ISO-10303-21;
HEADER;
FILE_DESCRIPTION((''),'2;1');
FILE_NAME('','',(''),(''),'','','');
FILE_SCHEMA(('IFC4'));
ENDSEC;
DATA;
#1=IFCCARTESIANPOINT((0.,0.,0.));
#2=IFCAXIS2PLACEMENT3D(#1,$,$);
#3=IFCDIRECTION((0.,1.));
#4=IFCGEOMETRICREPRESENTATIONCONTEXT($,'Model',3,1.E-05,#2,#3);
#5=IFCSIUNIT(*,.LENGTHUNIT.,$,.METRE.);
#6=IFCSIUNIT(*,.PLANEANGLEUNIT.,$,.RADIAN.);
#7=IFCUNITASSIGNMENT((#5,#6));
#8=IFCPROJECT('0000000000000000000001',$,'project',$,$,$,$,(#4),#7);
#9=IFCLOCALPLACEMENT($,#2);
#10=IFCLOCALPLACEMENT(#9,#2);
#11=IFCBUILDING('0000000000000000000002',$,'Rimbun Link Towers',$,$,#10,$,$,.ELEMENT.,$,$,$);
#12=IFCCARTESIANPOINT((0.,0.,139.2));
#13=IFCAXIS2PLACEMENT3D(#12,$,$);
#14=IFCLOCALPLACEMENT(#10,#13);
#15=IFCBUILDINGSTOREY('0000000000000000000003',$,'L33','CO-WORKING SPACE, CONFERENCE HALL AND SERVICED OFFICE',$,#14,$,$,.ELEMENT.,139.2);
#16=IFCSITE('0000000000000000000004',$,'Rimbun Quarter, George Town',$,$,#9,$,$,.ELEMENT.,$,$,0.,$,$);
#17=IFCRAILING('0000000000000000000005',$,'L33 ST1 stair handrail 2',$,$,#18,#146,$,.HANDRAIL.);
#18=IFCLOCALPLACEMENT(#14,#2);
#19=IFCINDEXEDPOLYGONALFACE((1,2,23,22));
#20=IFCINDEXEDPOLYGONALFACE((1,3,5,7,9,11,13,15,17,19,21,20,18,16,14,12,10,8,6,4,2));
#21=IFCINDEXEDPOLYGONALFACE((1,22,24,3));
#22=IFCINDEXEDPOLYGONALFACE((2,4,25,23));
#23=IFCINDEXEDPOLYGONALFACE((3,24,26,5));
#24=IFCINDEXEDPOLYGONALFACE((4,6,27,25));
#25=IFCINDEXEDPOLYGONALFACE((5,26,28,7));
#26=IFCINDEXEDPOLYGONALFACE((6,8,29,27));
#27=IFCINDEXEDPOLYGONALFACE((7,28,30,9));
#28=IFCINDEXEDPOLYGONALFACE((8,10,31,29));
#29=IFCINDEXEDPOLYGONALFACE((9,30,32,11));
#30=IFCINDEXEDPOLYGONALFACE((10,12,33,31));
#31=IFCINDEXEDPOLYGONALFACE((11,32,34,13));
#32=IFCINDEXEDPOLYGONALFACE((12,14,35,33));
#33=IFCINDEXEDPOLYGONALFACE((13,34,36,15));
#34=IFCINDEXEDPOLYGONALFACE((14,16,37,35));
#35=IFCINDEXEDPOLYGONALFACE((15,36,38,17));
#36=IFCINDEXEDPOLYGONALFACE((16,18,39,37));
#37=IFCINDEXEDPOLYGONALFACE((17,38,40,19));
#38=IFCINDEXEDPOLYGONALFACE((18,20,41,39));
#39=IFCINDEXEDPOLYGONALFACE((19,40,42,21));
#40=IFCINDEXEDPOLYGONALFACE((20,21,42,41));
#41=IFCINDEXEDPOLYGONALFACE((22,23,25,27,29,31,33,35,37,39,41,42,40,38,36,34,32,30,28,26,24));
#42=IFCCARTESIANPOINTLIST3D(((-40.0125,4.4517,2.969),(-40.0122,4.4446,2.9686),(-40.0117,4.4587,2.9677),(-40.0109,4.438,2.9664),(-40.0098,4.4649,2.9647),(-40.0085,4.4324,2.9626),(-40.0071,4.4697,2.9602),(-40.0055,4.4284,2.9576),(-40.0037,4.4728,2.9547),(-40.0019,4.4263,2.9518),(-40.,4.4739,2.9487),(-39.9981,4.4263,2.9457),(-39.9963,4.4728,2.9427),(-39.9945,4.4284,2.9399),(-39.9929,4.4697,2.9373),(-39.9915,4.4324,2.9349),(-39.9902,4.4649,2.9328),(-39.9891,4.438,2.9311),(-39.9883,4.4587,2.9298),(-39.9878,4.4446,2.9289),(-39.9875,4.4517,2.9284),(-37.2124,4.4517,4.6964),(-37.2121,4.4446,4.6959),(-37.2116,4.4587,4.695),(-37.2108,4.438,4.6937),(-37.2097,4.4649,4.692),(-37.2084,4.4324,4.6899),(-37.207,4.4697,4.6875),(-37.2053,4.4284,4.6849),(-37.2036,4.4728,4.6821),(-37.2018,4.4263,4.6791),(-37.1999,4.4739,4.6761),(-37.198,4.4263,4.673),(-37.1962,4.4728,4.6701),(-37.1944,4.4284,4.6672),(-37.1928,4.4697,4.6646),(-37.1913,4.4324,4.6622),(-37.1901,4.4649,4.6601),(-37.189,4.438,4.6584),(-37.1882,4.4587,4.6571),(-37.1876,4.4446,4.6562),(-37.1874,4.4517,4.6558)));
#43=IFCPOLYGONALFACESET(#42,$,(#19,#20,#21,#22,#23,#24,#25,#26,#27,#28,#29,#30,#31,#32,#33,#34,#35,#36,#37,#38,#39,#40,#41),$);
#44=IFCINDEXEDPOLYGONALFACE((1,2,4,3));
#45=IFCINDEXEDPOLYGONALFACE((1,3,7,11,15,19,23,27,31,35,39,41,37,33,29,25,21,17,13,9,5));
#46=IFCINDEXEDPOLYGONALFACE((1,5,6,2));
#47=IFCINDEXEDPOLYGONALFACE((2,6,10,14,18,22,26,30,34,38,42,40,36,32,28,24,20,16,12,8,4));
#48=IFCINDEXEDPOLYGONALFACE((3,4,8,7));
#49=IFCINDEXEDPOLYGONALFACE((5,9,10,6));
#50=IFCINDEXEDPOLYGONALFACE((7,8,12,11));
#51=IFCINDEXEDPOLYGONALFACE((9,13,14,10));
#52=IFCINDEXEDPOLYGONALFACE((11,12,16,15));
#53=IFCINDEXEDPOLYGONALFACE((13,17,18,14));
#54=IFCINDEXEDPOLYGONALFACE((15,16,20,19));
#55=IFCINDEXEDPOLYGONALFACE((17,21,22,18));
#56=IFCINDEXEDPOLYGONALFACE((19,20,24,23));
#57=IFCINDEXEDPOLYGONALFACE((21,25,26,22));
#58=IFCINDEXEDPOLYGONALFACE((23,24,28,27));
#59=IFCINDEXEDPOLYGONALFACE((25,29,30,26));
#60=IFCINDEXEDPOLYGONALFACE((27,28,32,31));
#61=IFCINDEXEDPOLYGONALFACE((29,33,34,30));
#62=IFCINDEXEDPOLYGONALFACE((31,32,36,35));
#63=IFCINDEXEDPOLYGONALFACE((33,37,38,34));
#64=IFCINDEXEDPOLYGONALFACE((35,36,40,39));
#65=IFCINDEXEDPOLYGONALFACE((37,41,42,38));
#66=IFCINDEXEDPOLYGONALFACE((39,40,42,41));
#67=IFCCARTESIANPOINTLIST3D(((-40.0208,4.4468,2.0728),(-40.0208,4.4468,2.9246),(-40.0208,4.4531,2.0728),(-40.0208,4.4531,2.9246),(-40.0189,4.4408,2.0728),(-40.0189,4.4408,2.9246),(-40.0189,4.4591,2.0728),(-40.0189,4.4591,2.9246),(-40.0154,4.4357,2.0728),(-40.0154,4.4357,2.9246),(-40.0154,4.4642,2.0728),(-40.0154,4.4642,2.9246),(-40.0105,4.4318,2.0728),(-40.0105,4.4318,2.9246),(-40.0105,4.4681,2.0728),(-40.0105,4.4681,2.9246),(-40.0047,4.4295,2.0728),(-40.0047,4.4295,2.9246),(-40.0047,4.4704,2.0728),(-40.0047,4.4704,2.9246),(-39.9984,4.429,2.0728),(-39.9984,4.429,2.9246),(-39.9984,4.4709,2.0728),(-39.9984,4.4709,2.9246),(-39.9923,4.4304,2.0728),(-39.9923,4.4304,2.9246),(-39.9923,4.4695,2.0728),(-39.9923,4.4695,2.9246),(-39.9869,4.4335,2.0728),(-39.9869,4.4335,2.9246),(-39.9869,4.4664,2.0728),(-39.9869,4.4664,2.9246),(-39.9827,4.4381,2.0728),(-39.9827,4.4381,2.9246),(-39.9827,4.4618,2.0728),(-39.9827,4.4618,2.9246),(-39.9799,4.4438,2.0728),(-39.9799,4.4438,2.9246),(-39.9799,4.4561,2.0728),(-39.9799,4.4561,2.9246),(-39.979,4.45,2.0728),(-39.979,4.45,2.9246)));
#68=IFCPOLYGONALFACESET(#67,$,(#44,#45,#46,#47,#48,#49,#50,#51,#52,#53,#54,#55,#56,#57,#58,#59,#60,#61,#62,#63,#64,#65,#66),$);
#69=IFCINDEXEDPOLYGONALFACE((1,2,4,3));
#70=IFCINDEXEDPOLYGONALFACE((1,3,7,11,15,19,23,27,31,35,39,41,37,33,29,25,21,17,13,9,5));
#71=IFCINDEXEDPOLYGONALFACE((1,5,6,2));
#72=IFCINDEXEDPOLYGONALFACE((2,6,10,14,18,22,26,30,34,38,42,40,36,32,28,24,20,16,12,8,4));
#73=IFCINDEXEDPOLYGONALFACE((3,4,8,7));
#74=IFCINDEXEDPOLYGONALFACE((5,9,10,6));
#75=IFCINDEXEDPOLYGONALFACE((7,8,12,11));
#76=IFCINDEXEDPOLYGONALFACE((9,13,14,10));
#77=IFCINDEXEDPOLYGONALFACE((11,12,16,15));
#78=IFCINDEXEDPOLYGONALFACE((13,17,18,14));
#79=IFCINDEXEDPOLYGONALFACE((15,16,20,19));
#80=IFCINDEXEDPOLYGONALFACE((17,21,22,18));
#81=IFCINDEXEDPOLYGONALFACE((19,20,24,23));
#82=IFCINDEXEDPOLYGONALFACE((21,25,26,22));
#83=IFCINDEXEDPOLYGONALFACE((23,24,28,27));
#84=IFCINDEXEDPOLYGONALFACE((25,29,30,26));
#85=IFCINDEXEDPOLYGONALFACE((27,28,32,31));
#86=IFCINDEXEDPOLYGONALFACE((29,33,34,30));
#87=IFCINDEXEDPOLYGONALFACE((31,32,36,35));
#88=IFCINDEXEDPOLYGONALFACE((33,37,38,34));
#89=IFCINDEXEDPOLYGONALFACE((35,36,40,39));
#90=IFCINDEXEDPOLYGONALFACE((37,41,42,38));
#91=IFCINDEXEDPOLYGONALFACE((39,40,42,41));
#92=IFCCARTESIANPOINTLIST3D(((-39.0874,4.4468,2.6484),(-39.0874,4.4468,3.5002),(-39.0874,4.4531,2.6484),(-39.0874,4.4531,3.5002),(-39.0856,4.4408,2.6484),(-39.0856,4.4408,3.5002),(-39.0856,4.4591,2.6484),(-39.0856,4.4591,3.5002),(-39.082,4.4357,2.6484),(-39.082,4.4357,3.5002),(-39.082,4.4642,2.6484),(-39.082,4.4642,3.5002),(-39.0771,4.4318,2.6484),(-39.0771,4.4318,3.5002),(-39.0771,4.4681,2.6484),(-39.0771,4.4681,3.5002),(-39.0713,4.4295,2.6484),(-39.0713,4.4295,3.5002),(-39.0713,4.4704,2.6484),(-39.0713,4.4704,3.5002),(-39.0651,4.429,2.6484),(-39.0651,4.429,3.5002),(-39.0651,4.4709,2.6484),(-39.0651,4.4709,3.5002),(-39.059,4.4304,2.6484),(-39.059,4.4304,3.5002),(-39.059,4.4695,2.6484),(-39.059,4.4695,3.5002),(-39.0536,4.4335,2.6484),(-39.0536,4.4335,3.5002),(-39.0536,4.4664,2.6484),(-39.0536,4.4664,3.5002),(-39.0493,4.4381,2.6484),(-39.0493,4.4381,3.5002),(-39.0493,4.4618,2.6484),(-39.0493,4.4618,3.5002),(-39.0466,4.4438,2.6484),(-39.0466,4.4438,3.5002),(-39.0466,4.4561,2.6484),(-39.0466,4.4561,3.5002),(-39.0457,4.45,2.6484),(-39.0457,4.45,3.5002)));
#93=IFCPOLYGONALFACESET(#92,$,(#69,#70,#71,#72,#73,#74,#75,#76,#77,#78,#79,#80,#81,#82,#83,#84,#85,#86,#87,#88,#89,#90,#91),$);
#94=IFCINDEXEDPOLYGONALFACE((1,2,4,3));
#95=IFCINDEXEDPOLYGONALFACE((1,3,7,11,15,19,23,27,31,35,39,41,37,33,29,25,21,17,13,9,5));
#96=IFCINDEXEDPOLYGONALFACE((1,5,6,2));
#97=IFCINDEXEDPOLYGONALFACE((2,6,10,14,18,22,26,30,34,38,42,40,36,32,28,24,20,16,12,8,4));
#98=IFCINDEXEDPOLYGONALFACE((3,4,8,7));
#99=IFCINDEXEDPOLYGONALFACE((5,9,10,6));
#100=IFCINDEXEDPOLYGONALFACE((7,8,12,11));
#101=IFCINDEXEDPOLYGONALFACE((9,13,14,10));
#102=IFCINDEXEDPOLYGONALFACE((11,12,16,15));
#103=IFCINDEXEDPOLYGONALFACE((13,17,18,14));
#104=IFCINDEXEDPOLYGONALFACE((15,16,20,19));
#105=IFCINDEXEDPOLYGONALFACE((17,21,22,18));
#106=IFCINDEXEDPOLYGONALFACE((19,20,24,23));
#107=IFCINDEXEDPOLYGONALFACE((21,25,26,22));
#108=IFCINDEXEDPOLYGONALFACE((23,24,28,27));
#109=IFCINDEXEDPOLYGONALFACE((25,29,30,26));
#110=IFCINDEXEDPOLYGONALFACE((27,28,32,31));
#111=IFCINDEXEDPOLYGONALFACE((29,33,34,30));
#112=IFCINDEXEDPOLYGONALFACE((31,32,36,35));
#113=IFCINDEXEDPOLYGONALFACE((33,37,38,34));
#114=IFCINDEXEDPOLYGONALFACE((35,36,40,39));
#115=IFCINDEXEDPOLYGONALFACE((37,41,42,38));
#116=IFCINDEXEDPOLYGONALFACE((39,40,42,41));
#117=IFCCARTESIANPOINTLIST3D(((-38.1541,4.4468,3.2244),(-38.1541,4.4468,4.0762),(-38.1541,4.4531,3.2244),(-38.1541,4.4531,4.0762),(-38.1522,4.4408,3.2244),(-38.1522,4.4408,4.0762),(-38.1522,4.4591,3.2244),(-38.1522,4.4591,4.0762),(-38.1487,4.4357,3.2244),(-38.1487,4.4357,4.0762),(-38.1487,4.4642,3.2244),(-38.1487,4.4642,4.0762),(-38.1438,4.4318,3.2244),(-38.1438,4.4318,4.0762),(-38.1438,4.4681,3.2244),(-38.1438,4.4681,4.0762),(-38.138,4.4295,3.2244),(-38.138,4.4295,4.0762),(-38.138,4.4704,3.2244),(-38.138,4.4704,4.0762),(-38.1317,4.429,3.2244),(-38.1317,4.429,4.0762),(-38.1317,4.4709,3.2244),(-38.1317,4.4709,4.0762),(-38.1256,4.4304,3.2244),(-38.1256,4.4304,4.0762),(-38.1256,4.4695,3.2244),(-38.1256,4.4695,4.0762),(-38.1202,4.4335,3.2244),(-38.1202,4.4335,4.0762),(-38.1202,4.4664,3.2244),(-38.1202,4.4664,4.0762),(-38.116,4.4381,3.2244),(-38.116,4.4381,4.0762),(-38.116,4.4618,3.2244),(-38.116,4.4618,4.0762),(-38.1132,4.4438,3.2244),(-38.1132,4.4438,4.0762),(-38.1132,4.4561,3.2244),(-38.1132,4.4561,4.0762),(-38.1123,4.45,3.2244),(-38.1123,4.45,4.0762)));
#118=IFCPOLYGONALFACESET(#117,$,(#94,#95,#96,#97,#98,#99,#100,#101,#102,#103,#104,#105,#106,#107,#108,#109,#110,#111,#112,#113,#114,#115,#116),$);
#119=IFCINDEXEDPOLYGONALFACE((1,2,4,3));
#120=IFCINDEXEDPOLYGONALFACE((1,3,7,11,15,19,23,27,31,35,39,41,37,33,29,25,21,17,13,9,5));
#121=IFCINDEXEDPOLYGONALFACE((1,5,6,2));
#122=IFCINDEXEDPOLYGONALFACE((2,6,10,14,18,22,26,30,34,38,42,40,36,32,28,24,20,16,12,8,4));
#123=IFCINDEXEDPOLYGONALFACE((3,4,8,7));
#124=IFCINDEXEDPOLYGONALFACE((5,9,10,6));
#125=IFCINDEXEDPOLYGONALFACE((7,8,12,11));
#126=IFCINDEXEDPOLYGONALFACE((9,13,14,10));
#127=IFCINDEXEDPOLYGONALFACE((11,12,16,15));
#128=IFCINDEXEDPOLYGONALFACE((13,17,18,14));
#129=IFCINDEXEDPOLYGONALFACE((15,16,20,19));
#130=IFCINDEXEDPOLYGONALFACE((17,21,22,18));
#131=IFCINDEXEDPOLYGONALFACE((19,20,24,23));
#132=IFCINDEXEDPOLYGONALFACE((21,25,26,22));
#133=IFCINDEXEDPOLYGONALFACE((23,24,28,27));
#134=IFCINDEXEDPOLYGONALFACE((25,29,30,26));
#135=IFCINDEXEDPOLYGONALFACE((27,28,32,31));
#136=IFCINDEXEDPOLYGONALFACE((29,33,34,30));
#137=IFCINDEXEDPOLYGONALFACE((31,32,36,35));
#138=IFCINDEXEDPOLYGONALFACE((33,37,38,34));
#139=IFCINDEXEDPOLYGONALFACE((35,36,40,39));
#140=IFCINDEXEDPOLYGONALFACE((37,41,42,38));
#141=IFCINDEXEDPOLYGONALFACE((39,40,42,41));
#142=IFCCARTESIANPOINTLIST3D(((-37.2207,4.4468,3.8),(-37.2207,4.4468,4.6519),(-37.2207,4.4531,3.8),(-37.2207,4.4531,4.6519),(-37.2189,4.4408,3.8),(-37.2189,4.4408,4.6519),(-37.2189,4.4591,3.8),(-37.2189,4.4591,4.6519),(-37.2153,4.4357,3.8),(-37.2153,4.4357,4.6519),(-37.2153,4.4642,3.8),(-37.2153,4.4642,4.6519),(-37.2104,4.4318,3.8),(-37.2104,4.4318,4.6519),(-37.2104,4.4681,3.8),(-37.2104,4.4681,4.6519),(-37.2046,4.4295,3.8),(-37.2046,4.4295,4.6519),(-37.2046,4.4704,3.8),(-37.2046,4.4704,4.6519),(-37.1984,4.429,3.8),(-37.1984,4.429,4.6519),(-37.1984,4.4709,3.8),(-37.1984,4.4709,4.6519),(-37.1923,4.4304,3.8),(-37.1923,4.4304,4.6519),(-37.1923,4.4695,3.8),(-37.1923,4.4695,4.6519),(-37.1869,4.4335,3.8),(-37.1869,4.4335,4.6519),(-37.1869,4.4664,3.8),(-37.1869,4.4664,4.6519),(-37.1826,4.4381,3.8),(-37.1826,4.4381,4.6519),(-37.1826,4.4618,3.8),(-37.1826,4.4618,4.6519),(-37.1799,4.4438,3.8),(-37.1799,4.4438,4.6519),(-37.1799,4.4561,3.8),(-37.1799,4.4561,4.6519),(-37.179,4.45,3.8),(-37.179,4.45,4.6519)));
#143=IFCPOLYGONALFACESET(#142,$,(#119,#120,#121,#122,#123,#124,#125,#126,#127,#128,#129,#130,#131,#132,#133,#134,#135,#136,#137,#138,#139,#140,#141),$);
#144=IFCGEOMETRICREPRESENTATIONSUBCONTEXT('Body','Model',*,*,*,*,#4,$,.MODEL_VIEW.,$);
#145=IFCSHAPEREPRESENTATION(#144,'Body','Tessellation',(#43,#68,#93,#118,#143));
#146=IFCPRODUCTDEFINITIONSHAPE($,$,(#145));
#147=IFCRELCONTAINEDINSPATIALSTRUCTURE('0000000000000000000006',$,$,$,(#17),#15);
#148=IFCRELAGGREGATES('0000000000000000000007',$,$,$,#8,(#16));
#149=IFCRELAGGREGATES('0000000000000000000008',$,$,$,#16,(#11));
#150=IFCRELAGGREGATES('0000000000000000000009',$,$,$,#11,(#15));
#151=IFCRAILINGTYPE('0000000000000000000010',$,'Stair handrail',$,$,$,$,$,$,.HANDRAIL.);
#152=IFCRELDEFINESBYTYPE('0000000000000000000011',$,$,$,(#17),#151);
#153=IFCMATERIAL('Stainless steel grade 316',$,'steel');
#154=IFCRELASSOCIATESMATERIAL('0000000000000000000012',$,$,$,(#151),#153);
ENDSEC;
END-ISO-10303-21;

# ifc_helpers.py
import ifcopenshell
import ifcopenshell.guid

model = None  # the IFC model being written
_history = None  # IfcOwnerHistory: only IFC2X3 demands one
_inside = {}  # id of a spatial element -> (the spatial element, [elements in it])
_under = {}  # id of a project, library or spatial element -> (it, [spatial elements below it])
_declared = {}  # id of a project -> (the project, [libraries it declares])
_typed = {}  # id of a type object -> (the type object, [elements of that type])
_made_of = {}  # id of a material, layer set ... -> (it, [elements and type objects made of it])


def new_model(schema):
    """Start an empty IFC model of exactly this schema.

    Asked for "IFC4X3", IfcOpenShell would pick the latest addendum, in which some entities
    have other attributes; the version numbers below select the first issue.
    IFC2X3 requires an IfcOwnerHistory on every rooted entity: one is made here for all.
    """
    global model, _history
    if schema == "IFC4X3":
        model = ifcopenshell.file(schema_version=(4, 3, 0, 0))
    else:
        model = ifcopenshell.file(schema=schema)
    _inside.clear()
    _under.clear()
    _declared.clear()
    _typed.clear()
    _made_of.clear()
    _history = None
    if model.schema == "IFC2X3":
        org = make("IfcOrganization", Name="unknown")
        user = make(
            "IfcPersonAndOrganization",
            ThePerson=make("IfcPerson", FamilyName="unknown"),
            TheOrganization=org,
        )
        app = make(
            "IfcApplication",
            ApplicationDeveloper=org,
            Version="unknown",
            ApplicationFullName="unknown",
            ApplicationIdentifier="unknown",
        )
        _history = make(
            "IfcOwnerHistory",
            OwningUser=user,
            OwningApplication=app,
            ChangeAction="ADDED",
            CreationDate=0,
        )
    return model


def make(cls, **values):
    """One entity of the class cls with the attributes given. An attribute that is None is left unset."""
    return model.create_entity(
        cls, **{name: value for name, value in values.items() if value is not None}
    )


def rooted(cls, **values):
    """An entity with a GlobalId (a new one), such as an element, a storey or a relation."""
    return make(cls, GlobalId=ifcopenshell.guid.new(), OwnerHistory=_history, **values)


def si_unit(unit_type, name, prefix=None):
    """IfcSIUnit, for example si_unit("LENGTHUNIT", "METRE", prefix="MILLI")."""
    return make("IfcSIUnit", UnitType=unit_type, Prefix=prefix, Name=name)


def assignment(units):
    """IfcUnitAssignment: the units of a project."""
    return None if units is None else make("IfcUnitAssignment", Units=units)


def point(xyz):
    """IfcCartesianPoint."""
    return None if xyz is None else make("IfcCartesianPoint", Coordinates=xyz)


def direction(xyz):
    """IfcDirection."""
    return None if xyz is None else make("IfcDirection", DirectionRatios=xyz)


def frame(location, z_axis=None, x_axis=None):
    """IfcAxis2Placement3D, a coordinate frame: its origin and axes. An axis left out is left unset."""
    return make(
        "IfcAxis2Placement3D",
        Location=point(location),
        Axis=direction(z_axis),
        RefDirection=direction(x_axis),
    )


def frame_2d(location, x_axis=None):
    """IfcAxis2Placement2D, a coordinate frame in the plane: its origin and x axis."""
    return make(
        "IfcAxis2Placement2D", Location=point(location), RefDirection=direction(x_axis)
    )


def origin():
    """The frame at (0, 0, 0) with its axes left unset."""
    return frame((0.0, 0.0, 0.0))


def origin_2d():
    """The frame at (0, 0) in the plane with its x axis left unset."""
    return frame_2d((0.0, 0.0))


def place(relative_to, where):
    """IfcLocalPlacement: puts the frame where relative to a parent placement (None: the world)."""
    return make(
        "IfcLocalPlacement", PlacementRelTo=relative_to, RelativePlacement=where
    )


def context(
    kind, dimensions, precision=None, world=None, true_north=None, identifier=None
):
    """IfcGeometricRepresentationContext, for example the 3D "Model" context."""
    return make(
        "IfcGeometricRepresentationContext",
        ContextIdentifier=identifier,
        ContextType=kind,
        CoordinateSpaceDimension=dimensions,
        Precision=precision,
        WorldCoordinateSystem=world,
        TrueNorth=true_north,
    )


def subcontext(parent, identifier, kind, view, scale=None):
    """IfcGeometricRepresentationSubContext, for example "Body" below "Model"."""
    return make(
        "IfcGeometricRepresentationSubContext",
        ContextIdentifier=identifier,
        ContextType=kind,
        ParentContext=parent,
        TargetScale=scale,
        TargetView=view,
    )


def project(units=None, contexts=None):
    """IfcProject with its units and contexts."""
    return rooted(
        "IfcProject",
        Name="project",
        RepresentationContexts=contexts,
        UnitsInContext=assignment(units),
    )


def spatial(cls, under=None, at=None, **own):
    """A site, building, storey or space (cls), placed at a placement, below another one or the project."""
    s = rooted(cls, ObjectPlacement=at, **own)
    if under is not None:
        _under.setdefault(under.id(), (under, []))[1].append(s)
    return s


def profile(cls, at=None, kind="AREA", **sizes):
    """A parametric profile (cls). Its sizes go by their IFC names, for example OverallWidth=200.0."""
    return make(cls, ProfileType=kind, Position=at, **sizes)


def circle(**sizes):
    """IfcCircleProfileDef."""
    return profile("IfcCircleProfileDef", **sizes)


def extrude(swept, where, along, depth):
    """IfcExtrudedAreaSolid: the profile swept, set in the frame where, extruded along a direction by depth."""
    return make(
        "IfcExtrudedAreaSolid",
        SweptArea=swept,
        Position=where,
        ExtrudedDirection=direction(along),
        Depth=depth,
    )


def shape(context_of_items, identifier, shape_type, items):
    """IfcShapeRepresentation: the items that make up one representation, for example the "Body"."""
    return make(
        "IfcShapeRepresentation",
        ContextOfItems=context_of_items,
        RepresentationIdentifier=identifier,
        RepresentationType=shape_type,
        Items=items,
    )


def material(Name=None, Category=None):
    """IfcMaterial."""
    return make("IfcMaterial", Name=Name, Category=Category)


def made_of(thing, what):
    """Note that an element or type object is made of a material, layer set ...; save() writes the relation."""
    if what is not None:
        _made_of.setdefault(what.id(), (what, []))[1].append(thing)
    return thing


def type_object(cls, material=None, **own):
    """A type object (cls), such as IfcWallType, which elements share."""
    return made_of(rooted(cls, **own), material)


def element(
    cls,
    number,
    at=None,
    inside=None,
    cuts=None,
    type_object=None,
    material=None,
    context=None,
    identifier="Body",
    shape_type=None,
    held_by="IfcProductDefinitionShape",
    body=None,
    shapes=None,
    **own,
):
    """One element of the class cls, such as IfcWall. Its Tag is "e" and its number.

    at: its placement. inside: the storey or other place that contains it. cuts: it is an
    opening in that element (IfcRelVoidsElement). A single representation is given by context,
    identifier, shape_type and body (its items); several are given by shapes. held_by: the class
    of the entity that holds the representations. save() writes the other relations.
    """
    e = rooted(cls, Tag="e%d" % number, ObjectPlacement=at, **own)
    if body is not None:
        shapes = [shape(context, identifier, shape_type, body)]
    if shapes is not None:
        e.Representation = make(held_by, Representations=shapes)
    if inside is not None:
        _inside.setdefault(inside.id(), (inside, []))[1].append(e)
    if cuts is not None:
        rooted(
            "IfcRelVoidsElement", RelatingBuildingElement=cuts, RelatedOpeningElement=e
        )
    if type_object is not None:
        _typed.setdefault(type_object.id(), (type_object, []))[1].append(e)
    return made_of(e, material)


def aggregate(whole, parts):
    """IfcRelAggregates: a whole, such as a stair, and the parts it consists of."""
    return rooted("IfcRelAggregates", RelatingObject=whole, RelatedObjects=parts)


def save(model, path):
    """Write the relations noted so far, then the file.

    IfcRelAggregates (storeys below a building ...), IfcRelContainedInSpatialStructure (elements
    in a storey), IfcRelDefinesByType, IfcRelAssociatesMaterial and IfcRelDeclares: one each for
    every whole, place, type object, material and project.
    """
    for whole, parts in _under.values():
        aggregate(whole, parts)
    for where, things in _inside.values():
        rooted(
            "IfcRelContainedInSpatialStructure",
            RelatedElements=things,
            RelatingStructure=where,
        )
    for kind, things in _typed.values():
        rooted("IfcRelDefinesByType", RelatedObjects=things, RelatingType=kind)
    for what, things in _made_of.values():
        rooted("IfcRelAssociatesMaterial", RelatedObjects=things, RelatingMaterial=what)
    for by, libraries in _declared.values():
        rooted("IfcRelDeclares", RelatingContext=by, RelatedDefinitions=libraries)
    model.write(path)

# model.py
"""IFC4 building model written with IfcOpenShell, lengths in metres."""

from ifc_helpers import new_model, si_unit, direction, frame, origin, origin_2d, place, context, subcontext, project, spatial, circle, extrude, material, type_object, element, save


model = new_model("IFC4")

# Units and contexts
model_context = context("Model", 3, precision=1e-05, world=origin(), true_north=direction((0.0, 1.0)))
body_context = subcontext(model_context, "Body", "Model", "MODEL_VIEW")
ifc_project = project(units=[si_unit("LENGTHUNIT", "METRE"), si_unit("PLANEANGLEUNIT", "RADIAN")], contexts=[model_context])

# Site, building, storey
site_placement = place(None, origin())
site = spatial("IfcSite", under=ifc_project, at=site_placement, Name="Rimbun Quarter, George Town", CompositionType="ELEMENT", RefElevation=0.0)
building_placement = place(site_placement, origin())
building = spatial("IfcBuilding", under=site, at=building_placement, Name="Rimbun Link Towers", CompositionType="ELEMENT")
storey_placement = place(building_placement, frame((0.0, 0.0, 139.2)))
storey = spatial("IfcBuildingStorey", under=building, at=storey_placement, Name="L33", Description="CO-WORKING SPACE, CONFERENCE HALL AND SERVICED OFFICE", CompositionType="ELEMENT", Elevation=139.2)

# Railing
ifc_material_1 = material(Name="Stainless steel grade 316", Category="steel")
railing_type_1 = type_object("IfcRailingType", Name="Stair handrail", PredefinedType="HANDRAIL", material=ifc_material_1)
railing_1_placement = place(storey_placement, frame((-40.0, 4.45, 2.0728)))
element("IfcRailing", 1, at=railing_1_placement, inside=storey, type_object=railing_type_1, Name="L33 ST1 stair handrail 2", PredefinedType="HANDRAIL", context=body_context, shape_type="SweptSolid", body=[
    extrude(circle(Radius=0.0239, at=origin_2d()), frame((0.0, 0.0, 0.876), z_axis=(0.85109, 0.0, 0.52502), x_axis=(0.0, 1.0, 0.0)), (0.0, 0.0, 1.0), 3.29),
    extrude(circle(Radius=0.021, at=origin_2d()), origin(), (0.0, 0.0, 1.0), 0.8518),
    extrude(circle(Radius=0.021, at=origin_2d()), frame((0.9333, 0.0, 0.5757)), (0.0, 0.0, 1.0), 0.8518),
    extrude(circle(Radius=0.021, at=origin_2d()), frame((1.8667, 0.0, 1.1516)), (0.0, 0.0, 1.0), 0.8518),
    extrude(circle(Radius=0.021, at=origin_2d()), frame((2.8, 0.0, 1.7273)), (0.0, 0.0, 1.0), 0.8518),
])

save(model, "model.ifc")
